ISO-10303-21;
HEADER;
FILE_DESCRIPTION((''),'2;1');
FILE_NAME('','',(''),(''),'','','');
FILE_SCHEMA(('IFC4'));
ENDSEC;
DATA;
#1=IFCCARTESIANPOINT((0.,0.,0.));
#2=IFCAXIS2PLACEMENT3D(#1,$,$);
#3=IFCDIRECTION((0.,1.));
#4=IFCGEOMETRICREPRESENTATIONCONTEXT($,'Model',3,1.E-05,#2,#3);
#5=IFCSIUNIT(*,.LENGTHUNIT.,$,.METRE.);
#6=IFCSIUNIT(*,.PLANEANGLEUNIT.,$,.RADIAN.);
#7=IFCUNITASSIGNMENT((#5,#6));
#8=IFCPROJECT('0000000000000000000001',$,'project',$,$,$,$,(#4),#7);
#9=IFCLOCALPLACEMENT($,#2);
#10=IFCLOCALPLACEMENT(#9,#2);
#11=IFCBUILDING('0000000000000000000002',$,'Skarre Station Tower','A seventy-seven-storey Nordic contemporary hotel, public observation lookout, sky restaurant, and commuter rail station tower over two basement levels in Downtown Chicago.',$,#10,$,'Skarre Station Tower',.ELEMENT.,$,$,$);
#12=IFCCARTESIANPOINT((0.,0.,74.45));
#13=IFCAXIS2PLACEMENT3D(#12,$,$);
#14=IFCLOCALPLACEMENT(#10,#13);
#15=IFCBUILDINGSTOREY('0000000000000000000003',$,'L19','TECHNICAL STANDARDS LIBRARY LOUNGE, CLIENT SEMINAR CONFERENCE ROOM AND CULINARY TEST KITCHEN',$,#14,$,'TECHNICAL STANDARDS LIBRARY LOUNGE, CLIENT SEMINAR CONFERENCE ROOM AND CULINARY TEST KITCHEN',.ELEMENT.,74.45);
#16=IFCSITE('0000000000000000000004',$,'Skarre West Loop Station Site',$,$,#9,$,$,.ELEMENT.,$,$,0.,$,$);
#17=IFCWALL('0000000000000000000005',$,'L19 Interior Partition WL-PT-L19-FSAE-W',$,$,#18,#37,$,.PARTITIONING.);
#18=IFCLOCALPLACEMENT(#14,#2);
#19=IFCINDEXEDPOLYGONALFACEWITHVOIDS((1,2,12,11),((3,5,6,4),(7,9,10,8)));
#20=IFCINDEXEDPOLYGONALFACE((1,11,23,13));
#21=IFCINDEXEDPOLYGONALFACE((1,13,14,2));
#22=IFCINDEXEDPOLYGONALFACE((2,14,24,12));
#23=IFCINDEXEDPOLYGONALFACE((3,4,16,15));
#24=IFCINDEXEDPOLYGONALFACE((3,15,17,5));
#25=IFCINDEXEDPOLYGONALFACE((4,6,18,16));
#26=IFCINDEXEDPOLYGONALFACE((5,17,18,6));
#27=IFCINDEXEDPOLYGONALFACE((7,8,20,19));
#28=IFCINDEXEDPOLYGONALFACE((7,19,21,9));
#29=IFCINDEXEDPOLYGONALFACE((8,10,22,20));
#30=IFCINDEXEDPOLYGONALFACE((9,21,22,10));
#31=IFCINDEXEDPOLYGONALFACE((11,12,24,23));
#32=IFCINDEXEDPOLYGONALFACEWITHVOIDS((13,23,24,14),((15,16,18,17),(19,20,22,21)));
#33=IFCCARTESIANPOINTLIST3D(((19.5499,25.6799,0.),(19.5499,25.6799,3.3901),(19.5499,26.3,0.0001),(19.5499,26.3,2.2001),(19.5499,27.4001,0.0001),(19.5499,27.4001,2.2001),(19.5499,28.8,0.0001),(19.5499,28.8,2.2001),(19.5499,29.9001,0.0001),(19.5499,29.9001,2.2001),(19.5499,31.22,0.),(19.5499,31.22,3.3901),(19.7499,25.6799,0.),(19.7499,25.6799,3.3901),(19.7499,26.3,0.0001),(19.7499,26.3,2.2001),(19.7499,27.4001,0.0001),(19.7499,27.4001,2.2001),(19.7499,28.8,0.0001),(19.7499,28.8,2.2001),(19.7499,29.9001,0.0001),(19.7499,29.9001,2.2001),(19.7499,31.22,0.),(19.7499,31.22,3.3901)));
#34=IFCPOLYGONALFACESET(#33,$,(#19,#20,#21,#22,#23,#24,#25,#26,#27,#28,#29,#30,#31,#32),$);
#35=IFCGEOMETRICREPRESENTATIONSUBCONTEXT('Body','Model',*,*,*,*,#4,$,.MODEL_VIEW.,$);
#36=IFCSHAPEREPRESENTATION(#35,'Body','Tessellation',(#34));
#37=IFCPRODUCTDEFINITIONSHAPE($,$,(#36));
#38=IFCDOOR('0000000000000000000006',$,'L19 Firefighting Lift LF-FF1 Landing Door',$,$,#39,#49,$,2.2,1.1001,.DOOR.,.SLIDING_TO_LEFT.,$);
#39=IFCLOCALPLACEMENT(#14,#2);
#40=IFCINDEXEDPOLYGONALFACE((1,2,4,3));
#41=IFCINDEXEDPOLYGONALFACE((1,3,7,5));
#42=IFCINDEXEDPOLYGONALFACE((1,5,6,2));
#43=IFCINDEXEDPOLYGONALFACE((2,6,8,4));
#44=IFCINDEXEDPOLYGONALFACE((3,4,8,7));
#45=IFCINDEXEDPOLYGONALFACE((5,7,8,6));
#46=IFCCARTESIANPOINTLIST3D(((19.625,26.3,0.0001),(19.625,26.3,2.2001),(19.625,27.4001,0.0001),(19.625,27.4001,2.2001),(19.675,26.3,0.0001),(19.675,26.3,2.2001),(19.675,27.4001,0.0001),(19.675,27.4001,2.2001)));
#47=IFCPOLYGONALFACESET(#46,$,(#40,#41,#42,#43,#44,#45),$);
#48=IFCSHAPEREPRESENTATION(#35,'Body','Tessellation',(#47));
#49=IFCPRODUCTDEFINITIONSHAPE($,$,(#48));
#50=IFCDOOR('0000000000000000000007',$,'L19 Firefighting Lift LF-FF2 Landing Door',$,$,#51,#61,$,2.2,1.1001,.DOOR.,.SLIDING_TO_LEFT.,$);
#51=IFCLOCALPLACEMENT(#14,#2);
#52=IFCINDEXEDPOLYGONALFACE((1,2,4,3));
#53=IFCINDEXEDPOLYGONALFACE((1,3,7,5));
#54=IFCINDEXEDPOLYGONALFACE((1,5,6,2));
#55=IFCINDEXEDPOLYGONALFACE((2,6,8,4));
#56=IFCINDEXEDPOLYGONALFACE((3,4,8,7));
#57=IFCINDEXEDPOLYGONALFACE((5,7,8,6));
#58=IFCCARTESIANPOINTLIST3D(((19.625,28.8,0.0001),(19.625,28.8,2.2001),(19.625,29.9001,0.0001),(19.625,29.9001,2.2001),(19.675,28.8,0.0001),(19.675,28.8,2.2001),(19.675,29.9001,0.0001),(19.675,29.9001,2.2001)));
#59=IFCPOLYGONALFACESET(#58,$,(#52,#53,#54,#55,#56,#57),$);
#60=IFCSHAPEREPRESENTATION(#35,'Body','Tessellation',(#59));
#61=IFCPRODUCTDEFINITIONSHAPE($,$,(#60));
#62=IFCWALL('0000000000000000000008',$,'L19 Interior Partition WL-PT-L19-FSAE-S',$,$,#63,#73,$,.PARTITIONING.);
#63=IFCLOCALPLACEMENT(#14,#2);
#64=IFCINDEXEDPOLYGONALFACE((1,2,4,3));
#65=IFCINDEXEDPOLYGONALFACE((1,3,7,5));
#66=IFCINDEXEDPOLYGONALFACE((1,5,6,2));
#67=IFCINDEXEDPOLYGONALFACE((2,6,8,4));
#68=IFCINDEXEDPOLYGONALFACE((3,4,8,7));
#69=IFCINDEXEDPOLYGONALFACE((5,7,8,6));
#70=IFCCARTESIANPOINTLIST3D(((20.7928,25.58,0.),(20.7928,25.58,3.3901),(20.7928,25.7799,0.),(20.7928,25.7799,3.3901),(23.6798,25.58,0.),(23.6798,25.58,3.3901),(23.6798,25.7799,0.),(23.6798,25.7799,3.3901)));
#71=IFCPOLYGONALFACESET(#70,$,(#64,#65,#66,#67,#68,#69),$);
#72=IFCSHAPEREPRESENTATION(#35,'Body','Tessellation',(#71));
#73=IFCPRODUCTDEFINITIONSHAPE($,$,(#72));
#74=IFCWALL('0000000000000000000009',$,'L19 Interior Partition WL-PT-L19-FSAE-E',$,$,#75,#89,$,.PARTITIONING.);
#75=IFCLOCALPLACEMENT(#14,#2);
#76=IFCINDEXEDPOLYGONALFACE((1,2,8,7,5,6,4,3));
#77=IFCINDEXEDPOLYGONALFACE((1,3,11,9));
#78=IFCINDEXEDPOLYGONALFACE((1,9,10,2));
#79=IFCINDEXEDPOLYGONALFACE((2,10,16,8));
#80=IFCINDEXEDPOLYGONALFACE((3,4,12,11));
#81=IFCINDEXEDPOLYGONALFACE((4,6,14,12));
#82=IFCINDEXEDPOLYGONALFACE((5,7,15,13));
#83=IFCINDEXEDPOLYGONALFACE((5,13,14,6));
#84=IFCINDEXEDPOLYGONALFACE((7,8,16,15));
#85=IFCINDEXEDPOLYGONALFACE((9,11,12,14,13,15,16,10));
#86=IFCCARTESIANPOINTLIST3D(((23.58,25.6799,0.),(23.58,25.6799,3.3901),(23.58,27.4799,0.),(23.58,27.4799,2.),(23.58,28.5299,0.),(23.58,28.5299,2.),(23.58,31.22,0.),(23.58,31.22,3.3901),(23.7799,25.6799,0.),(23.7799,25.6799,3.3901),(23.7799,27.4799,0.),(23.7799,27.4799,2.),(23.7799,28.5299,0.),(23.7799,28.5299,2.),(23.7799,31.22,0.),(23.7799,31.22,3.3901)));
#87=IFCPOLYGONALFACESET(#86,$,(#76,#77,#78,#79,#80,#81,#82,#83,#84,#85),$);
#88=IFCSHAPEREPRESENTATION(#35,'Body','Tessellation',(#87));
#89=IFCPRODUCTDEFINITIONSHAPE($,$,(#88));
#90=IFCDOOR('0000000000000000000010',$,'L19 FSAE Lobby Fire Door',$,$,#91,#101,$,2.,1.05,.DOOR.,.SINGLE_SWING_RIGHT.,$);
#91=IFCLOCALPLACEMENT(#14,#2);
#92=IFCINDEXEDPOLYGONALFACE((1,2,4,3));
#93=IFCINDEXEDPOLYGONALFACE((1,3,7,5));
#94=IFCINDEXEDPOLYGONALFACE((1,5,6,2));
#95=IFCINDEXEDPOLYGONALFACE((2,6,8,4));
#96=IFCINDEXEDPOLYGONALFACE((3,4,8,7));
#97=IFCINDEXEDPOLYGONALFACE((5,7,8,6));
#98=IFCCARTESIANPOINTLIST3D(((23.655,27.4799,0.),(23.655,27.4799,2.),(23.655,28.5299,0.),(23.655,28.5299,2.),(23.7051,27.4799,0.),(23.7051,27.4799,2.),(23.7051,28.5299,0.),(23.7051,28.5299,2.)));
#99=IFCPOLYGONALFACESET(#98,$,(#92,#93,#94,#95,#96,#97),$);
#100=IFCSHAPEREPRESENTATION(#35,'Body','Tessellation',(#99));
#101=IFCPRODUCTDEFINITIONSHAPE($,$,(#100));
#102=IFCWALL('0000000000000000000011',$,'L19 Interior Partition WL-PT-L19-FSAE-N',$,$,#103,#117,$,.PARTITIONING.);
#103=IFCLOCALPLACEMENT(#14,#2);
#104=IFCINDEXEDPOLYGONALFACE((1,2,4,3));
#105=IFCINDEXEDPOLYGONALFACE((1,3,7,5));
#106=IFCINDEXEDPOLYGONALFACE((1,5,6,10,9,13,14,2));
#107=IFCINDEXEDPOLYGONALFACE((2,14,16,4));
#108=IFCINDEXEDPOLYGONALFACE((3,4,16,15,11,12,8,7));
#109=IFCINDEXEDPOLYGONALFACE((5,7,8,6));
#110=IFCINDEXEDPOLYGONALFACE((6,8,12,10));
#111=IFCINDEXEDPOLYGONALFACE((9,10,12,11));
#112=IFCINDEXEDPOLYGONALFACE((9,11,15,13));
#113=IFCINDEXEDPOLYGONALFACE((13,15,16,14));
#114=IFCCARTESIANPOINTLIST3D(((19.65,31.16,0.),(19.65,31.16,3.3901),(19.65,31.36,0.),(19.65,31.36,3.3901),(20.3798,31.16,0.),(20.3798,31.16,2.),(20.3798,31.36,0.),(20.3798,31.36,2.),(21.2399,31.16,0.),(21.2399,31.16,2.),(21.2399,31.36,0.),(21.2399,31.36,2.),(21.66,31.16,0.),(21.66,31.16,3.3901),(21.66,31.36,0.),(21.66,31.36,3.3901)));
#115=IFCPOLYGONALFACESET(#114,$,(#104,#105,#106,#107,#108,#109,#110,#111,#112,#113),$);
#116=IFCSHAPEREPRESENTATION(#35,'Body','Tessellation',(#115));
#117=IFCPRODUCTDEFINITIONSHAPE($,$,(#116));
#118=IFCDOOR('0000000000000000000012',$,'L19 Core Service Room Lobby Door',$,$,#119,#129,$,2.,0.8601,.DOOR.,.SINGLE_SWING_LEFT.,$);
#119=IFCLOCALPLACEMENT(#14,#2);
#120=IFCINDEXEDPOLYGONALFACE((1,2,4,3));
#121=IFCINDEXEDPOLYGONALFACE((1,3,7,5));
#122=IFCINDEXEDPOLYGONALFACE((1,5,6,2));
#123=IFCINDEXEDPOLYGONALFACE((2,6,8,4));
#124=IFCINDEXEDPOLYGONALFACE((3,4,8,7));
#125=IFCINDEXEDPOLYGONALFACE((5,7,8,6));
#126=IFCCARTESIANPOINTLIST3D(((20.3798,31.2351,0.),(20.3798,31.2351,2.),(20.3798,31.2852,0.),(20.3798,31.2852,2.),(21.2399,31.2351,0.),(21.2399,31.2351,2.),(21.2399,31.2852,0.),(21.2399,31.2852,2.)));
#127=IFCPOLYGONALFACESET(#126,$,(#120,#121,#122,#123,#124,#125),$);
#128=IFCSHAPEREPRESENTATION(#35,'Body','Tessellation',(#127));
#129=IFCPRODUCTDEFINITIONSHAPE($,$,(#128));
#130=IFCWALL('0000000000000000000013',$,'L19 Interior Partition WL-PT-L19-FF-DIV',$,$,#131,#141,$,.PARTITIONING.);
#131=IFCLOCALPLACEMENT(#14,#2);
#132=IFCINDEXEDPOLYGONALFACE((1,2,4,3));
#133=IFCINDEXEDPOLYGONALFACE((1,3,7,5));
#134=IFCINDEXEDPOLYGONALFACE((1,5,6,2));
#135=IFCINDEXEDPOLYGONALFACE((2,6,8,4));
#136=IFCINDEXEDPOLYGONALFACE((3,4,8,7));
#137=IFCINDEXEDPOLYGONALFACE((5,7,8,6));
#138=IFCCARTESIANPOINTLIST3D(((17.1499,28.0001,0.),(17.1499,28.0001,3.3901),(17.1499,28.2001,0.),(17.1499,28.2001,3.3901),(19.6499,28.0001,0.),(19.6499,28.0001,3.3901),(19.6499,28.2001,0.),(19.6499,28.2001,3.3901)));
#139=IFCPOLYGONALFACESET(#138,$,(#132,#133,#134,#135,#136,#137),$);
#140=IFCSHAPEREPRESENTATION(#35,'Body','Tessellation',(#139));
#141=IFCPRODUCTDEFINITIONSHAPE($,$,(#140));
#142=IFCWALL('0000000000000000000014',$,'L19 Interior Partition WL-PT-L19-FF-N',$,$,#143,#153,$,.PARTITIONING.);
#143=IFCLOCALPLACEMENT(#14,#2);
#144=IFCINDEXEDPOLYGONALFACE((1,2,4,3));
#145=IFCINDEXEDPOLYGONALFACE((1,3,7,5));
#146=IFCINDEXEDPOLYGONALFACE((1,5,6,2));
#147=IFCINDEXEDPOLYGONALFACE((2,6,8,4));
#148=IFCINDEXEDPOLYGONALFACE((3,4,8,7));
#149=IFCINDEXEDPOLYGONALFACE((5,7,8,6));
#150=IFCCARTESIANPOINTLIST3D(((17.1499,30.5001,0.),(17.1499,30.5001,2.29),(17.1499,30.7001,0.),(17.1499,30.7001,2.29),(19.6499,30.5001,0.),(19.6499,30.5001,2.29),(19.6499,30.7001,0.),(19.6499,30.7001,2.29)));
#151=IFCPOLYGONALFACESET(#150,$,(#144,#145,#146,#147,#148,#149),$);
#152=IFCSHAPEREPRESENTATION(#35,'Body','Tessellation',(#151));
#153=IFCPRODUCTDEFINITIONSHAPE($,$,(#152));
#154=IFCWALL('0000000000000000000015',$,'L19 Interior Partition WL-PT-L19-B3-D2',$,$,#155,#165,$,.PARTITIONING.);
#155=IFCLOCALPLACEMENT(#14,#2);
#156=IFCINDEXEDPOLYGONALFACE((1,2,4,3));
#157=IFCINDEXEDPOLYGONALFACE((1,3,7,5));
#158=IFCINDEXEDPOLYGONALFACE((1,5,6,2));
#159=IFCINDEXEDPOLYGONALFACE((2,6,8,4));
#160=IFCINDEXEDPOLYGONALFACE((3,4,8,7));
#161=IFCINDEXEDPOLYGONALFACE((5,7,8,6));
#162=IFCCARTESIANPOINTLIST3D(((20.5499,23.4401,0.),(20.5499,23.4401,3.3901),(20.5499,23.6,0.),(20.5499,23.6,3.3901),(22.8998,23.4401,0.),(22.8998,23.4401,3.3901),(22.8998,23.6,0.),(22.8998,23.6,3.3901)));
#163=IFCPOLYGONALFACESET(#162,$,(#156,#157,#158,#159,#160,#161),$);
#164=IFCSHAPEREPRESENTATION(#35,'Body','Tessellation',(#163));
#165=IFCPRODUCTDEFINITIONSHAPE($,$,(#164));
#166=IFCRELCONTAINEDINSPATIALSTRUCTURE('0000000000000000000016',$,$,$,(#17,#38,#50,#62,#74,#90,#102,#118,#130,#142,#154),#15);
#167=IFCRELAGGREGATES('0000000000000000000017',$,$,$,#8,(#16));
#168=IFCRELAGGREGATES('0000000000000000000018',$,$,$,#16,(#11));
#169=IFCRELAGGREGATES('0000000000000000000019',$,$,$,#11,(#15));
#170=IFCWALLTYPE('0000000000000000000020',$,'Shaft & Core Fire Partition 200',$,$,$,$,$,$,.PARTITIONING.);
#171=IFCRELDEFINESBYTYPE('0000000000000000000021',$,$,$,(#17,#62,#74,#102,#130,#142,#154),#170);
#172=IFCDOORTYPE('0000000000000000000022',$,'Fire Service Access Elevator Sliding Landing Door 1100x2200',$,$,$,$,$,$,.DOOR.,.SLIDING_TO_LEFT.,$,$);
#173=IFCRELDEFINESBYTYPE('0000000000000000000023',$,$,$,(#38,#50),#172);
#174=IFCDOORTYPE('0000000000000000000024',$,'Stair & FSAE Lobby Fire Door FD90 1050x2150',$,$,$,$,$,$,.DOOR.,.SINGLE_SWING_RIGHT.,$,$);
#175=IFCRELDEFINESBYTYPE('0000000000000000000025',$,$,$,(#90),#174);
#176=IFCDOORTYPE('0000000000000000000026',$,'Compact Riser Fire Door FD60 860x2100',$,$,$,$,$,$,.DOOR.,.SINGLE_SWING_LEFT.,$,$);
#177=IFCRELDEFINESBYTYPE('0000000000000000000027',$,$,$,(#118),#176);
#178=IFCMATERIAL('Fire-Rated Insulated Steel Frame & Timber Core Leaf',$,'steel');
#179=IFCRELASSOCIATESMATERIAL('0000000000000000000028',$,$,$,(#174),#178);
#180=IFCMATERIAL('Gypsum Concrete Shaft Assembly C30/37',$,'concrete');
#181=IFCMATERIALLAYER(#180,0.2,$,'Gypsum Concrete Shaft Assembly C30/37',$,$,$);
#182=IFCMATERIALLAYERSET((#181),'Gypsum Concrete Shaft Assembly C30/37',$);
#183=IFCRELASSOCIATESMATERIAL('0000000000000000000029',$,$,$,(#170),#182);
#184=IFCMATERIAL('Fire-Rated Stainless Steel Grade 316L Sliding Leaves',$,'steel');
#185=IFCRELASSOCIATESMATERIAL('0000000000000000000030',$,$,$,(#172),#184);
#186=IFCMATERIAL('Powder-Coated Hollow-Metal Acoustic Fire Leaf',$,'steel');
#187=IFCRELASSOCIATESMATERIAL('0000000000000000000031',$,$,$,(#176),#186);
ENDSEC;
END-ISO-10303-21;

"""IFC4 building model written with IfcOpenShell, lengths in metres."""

from ifc_helpers import new_model, si_unit, direction, frame, frame_2d, origin, place, context, subcontext, project, spatial, rectangle, extrude, material, layer, layer_set, type_object, element, fill, save


model = new_model("IFC4")

# Units and contexts
model_context = context("Model", 3, precision=1e-05, world=origin(), true_north=direction((0.0, 1.0)))
body_context = subcontext(model_context, "Body", "Model", "MODEL_VIEW")
ifc_project = project(units=[si_unit("LENGTHUNIT", "METRE"), si_unit("PLANEANGLEUNIT", "RADIAN")], contexts=[model_context])

# Site, building, storey
site_placement = place(None, origin())
site = spatial("IfcSite", under=ifc_project, at=site_placement, Name="Skarre West Loop Station Site", CompositionType="ELEMENT", RefElevation=0.0)
building_placement = place(site_placement, origin())
building = spatial("IfcBuilding", under=site, at=building_placement, Name="Skarre Station Tower", Description="A seventy-seven-storey Nordic contemporary hotel, public observation lookout, sky restaurant, and commuter rail station tower over two basement levels in Downtown Chicago.", LongName="Skarre Station Tower", CompositionType="ELEMENT")
storey_placement = place(building_placement, frame((0.0, 0.0, 74.45)))
storey = spatial("IfcBuildingStorey", under=building, at=storey_placement, Name="L19", Description="TECHNICAL STANDARDS LIBRARY LOUNGE, CLIENT SEMINAR CONFERENCE ROOM AND CULINARY TEST KITCHEN", LongName="TECHNICAL STANDARDS LIBRARY LOUNGE, CLIENT SEMINAR CONFERENCE ROOM AND CULINARY TEST KITCHEN", CompositionType="ELEMENT", Elevation=74.45)

# Shared definitions
ifc_material_1 = material(Name="Fire-Rated Insulated Steel Frame & Timber Core Leaf", Category="steel")
door_type_1 = type_object("IfcDoorType", Name="Stair & FSAE Lobby Fire Door FD90 1050x2150", OperationType="SINGLE_SWING_RIGHT", PredefinedType="DOOR", material=ifc_material_1)

# Wall, openings, doors
ifc_material_2 = material(Name="Gypsum Concrete Shaft Assembly C30/37", Category="concrete")
ifc_layer_1 = layer(ifc_material_2, 0.2, Name="Gypsum Concrete Shaft Assembly C30/37")
ifc_layer_set_1 = layer_set([ifc_layer_1], Name="Gypsum Concrete Shaft Assembly C30/37")
wall_type_1 = type_object("IfcWallType", Name="Shaft & Core Fire Partition 200", PredefinedType="PARTITIONING", material=ifc_layer_set_1)
wall_1_placement = place(storey_placement, frame((19.6499, 25.6799, 0.0), z_axis=(0.0, 0.0, 1.0), x_axis=(0.0, 1.0, 0.0)))
wall_1 = element("IfcWall", 1, at=wall_1_placement, inside=storey, type_object=wall_type_1, Name="L19 Interior Partition WL-PT-L19-FSAE-W", PredefinedType="PARTITIONING", context=body_context, shape_type="SweptSolid", body=[
    extrude(rectangle(XDim=5.54, YDim=0.2, at=frame_2d((2.77, 0.0))), origin(), (0.0, 0.0, 1.0), 3.3901),
])
opening_1_placement = place(wall_1_placement, frame((0.6201, 0.0, 0.0)))
opening_1 = element("IfcOpeningElement", 2, at=opening_1_placement, cuts=wall_1, PredefinedType="OPENING", context=body_context, shape_type="SweptSolid", body=[
    extrude(rectangle(XDim=1.1001, YDim=2.2, at=frame_2d((0.55, 1.1001))), frame((0.0, 0.1099, 0.0), z_axis=(0.0, -1.0, 0.0), x_axis=(1.0, 0.0, 0.0)), (0.0, 0.0, 1.0), 0.22),
])
opening_2_placement = place(wall_1_placement, frame((3.1201, 0.0, 0.0)))
opening_2 = element("IfcOpeningElement", 3, at=opening_2_placement, cuts=wall_1, PredefinedType="OPENING", context=body_context, shape_type="SweptSolid", body=[
    extrude(rectangle(XDim=1.1001, YDim=2.2, at=frame_2d((0.55, 1.1001))), frame((0.0, 0.1099, 0.0), z_axis=(0.0, -1.0, 0.0), x_axis=(1.0, 0.0, 0.0)), (0.0, 0.0, 1.0), 0.22),
])
ifc_material_3 = material(Name="Fire-Rated Stainless Steel Grade 316L Sliding Leaves", Category="steel")
door_type_2 = type_object("IfcDoorType", Name="Fire Service Access Elevator Sliding Landing Door 1100x2200", OperationType="SLIDING_TO_LEFT", PredefinedType="DOOR", material=ifc_material_3)
door_1_placement = place(opening_1_placement, origin())
door_1 = element("IfcDoor", 4, at=door_1_placement, inside=storey, type_object=door_type_2, Name="L19 Firefighting Lift LF-FF1 Landing Door", OperationType="SLIDING_TO_LEFT", OverallHeight=2.2, OverallWidth=1.1001, PredefinedType="DOOR", context=body_context, shape_type="SweptSolid", body=[
    extrude(rectangle(XDim=1.1001, YDim=2.2, at=frame_2d((0.55, 1.1001))), frame((0.0, 0.0249, 0.0), z_axis=(0.0, -1.0, 0.0), x_axis=(1.0, 0.0, 0.0)), (0.0, 0.0, 1.0), 0.05),
])
fill(opening_1, door_1)
door_2_placement = place(opening_2_placement, origin())
door_2 = element("IfcDoor", 5, at=door_2_placement, inside=storey, type_object=door_type_2, Name="L19 Firefighting Lift LF-FF2 Landing Door", OperationType="SLIDING_TO_LEFT", OverallHeight=2.2, OverallWidth=1.1001, PredefinedType="DOOR", context=body_context, shape_type="SweptSolid", body=[
    extrude(rectangle(XDim=1.1001, YDim=2.2, at=frame_2d((0.55, 1.1001))), frame((0.0, 0.0249, 0.0), z_axis=(0.0, -1.0, 0.0), x_axis=(1.0, 0.0, 0.0)), (0.0, 0.0, 1.0), 0.05),
])
fill(opening_2, door_2)

# Wall
wall_2_placement = place(storey_placement, frame((20.793, 25.6799, 0.0), z_axis=(0.0, 0.0, 1.0), x_axis=(1.0, 0.0, 0.0)))
element("IfcWall", 6, at=wall_2_placement, inside=storey, type_object=wall_type_1, Name="L19 Interior Partition WL-PT-L19-FSAE-S", PredefinedType="PARTITIONING", context=body_context, shape_type="SweptSolid", body=[
    extrude(rectangle(XDim=2.887, YDim=0.2, at=frame_2d((1.4434, 0.0))), origin(), (0.0, 0.0, 1.0), 3.3901),
])

# Walls, openings, doors
wall_3_placement = place(storey_placement, frame((23.6799, 25.6799, 0.0), z_axis=(0.0, 0.0, 1.0), x_axis=(0.0, 1.0, 0.0)))
wall_3 = element("IfcWall", 7, at=wall_3_placement, inside=storey, type_object=wall_type_1, Name="L19 Interior Partition WL-PT-L19-FSAE-E", PredefinedType="PARTITIONING", context=body_context, shape_type="SweptSolid", body=[
    extrude(rectangle(XDim=5.54, YDim=0.2, at=frame_2d((2.77, 0.0))), origin(), (0.0, 0.0, 1.0), 3.3901),
])
opening_3_placement = place(wall_3_placement, frame((1.8, 0.0, 0.0)))
opening_3 = element("IfcOpeningElement", 8, at=opening_3_placement, cuts=wall_3, PredefinedType="OPENING", context=body_context, shape_type="SweptSolid", body=[
    extrude(rectangle(XDim=1.05, YDim=2.0, at=frame_2d((0.5249, 1.0))), frame((0.0, 0.1099, 0.0), z_axis=(0.0, -1.0, 0.0), x_axis=(1.0, 0.0, 0.0)), (0.0, 0.0, 1.0), 0.22),
])
door_3_placement = place(opening_3_placement, origin())
door_3 = element("IfcDoor", 9, at=door_3_placement, inside=storey, type_object=door_type_1, Name="L19 FSAE Lobby Fire Door", OperationType="SINGLE_SWING_RIGHT", OverallHeight=2.0, OverallWidth=1.05, PredefinedType="DOOR", context=body_context, shape_type="SweptSolid", body=[
    extrude(rectangle(XDim=1.05, YDim=2.0, at=frame_2d((0.5249, 1.0))), frame((0.0, 0.0249, 0.0), z_axis=(0.0, -1.0, 0.0), x_axis=(1.0, 0.0, 0.0)), (0.0, 0.0, 1.0), 0.05),
])
fill(opening_3, door_3)
wall_4_placement = place(storey_placement, frame((21.6599, 31.26, 0.0), z_axis=(0.0, 0.0, 1.0), x_axis=(-1.0, 0.0, 0.0)))
wall_4 = element("IfcWall", 10, at=wall_4_placement, inside=storey, type_object=wall_type_1, Name="L19 Interior Partition WL-PT-L19-FSAE-N", PredefinedType="PARTITIONING", context=body_context, shape_type="SweptSolid", body=[
    extrude(rectangle(XDim=2.01, YDim=0.2, at=frame_2d((1.0049, 0.0))), origin(), (0.0, 0.0, 1.0), 3.3901),
])
opening_4_placement = place(wall_4_placement, frame((0.4199, 0.0, 0.0)))
opening_4 = element("IfcOpeningElement", 11, at=opening_4_placement, cuts=wall_4, PredefinedType="OPENING", context=body_context, shape_type="SweptSolid", body=[
    extrude(rectangle(XDim=0.8601, YDim=2.0, at=frame_2d((0.4302, 1.0))), frame((0.0, 0.1099, 0.0), z_axis=(0.0, -1.0, 0.0), x_axis=(1.0, 0.0, 0.0)), (0.0, 0.0, 1.0), 0.22),
])
ifc_material_4 = material(Name="Powder-Coated Hollow-Metal Acoustic Fire Leaf", Category="steel")
door_type_3 = type_object("IfcDoorType", Name="Compact Riser Fire Door FD60 860x2100", OperationType="SINGLE_SWING_LEFT", PredefinedType="DOOR", material=ifc_material_4)
door_4_placement = place(opening_4_placement, origin())
door_4 = element("IfcDoor", 12, at=door_4_placement, inside=storey, type_object=door_type_3, Name="L19 Core Service Room Lobby Door", OperationType="SINGLE_SWING_LEFT", OverallHeight=2.0, OverallWidth=0.8601, PredefinedType="DOOR", context=body_context, shape_type="SweptSolid", body=[
    extrude(rectangle(XDim=0.8601, YDim=2.0, at=frame_2d((0.4302, 1.0))), frame((0.0, 0.0249, 0.0), z_axis=(0.0, -1.0, 0.0), x_axis=(1.0, 0.0, 0.0)), (0.0, 0.0, 1.0), 0.05),
])
fill(opening_4, door_4)

# Walls
wall_5_placement = place(storey_placement, frame((17.1499, 28.1001, 0.0), z_axis=(0.0, 0.0, 1.0), x_axis=(1.0, 0.0, 0.0)))
element("IfcWall", 13, at=wall_5_placement, inside=storey, type_object=wall_type_1, Name="L19 Interior Partition WL-PT-L19-FF-DIV", PredefinedType="PARTITIONING", context=body_context, shape_type="SweptSolid", body=[
    extrude(rectangle(XDim=2.5, YDim=0.2, at=frame_2d((1.25, 0.0))), origin(), (0.0, 0.0, 1.0), 3.3901),
])
wall_6_placement = place(storey_placement, frame((19.6499, 30.6001, 0.0), z_axis=(0.0, 0.0, 1.0), x_axis=(-1.0, 0.0, 0.0)))
element("IfcWall", 14, at=wall_6_placement, inside=storey, type_object=wall_type_1, Name="L19 Interior Partition WL-PT-L19-FF-N", PredefinedType="PARTITIONING", context=body_context, shape_type="SweptSolid", body=[
    extrude(rectangle(XDim=2.5, YDim=0.2, at=frame_2d((1.25, 0.0))), origin(), (0.0, 0.0, 1.0), 2.29),
])
wall_7_placement = place(storey_placement, frame((20.55, 23.52, 0.0), z_axis=(0.0, 0.0, 1.0), x_axis=(1.0, 0.0, 0.0)))
element("IfcWall", 15, at=wall_7_placement, inside=storey, type_object=wall_type_1, Name="L19 Interior Partition WL-PT-L19-B3-D2", PredefinedType="PARTITIONING", context=body_context, shape_type="SweptSolid", body=[
    extrude(rectangle(XDim=2.3499, YDim=0.1599, at=frame_2d((1.1748, 0.0))), origin(), (0.0, 0.0, 1.0), 3.3901),
])

save(model, "model.ifc")
